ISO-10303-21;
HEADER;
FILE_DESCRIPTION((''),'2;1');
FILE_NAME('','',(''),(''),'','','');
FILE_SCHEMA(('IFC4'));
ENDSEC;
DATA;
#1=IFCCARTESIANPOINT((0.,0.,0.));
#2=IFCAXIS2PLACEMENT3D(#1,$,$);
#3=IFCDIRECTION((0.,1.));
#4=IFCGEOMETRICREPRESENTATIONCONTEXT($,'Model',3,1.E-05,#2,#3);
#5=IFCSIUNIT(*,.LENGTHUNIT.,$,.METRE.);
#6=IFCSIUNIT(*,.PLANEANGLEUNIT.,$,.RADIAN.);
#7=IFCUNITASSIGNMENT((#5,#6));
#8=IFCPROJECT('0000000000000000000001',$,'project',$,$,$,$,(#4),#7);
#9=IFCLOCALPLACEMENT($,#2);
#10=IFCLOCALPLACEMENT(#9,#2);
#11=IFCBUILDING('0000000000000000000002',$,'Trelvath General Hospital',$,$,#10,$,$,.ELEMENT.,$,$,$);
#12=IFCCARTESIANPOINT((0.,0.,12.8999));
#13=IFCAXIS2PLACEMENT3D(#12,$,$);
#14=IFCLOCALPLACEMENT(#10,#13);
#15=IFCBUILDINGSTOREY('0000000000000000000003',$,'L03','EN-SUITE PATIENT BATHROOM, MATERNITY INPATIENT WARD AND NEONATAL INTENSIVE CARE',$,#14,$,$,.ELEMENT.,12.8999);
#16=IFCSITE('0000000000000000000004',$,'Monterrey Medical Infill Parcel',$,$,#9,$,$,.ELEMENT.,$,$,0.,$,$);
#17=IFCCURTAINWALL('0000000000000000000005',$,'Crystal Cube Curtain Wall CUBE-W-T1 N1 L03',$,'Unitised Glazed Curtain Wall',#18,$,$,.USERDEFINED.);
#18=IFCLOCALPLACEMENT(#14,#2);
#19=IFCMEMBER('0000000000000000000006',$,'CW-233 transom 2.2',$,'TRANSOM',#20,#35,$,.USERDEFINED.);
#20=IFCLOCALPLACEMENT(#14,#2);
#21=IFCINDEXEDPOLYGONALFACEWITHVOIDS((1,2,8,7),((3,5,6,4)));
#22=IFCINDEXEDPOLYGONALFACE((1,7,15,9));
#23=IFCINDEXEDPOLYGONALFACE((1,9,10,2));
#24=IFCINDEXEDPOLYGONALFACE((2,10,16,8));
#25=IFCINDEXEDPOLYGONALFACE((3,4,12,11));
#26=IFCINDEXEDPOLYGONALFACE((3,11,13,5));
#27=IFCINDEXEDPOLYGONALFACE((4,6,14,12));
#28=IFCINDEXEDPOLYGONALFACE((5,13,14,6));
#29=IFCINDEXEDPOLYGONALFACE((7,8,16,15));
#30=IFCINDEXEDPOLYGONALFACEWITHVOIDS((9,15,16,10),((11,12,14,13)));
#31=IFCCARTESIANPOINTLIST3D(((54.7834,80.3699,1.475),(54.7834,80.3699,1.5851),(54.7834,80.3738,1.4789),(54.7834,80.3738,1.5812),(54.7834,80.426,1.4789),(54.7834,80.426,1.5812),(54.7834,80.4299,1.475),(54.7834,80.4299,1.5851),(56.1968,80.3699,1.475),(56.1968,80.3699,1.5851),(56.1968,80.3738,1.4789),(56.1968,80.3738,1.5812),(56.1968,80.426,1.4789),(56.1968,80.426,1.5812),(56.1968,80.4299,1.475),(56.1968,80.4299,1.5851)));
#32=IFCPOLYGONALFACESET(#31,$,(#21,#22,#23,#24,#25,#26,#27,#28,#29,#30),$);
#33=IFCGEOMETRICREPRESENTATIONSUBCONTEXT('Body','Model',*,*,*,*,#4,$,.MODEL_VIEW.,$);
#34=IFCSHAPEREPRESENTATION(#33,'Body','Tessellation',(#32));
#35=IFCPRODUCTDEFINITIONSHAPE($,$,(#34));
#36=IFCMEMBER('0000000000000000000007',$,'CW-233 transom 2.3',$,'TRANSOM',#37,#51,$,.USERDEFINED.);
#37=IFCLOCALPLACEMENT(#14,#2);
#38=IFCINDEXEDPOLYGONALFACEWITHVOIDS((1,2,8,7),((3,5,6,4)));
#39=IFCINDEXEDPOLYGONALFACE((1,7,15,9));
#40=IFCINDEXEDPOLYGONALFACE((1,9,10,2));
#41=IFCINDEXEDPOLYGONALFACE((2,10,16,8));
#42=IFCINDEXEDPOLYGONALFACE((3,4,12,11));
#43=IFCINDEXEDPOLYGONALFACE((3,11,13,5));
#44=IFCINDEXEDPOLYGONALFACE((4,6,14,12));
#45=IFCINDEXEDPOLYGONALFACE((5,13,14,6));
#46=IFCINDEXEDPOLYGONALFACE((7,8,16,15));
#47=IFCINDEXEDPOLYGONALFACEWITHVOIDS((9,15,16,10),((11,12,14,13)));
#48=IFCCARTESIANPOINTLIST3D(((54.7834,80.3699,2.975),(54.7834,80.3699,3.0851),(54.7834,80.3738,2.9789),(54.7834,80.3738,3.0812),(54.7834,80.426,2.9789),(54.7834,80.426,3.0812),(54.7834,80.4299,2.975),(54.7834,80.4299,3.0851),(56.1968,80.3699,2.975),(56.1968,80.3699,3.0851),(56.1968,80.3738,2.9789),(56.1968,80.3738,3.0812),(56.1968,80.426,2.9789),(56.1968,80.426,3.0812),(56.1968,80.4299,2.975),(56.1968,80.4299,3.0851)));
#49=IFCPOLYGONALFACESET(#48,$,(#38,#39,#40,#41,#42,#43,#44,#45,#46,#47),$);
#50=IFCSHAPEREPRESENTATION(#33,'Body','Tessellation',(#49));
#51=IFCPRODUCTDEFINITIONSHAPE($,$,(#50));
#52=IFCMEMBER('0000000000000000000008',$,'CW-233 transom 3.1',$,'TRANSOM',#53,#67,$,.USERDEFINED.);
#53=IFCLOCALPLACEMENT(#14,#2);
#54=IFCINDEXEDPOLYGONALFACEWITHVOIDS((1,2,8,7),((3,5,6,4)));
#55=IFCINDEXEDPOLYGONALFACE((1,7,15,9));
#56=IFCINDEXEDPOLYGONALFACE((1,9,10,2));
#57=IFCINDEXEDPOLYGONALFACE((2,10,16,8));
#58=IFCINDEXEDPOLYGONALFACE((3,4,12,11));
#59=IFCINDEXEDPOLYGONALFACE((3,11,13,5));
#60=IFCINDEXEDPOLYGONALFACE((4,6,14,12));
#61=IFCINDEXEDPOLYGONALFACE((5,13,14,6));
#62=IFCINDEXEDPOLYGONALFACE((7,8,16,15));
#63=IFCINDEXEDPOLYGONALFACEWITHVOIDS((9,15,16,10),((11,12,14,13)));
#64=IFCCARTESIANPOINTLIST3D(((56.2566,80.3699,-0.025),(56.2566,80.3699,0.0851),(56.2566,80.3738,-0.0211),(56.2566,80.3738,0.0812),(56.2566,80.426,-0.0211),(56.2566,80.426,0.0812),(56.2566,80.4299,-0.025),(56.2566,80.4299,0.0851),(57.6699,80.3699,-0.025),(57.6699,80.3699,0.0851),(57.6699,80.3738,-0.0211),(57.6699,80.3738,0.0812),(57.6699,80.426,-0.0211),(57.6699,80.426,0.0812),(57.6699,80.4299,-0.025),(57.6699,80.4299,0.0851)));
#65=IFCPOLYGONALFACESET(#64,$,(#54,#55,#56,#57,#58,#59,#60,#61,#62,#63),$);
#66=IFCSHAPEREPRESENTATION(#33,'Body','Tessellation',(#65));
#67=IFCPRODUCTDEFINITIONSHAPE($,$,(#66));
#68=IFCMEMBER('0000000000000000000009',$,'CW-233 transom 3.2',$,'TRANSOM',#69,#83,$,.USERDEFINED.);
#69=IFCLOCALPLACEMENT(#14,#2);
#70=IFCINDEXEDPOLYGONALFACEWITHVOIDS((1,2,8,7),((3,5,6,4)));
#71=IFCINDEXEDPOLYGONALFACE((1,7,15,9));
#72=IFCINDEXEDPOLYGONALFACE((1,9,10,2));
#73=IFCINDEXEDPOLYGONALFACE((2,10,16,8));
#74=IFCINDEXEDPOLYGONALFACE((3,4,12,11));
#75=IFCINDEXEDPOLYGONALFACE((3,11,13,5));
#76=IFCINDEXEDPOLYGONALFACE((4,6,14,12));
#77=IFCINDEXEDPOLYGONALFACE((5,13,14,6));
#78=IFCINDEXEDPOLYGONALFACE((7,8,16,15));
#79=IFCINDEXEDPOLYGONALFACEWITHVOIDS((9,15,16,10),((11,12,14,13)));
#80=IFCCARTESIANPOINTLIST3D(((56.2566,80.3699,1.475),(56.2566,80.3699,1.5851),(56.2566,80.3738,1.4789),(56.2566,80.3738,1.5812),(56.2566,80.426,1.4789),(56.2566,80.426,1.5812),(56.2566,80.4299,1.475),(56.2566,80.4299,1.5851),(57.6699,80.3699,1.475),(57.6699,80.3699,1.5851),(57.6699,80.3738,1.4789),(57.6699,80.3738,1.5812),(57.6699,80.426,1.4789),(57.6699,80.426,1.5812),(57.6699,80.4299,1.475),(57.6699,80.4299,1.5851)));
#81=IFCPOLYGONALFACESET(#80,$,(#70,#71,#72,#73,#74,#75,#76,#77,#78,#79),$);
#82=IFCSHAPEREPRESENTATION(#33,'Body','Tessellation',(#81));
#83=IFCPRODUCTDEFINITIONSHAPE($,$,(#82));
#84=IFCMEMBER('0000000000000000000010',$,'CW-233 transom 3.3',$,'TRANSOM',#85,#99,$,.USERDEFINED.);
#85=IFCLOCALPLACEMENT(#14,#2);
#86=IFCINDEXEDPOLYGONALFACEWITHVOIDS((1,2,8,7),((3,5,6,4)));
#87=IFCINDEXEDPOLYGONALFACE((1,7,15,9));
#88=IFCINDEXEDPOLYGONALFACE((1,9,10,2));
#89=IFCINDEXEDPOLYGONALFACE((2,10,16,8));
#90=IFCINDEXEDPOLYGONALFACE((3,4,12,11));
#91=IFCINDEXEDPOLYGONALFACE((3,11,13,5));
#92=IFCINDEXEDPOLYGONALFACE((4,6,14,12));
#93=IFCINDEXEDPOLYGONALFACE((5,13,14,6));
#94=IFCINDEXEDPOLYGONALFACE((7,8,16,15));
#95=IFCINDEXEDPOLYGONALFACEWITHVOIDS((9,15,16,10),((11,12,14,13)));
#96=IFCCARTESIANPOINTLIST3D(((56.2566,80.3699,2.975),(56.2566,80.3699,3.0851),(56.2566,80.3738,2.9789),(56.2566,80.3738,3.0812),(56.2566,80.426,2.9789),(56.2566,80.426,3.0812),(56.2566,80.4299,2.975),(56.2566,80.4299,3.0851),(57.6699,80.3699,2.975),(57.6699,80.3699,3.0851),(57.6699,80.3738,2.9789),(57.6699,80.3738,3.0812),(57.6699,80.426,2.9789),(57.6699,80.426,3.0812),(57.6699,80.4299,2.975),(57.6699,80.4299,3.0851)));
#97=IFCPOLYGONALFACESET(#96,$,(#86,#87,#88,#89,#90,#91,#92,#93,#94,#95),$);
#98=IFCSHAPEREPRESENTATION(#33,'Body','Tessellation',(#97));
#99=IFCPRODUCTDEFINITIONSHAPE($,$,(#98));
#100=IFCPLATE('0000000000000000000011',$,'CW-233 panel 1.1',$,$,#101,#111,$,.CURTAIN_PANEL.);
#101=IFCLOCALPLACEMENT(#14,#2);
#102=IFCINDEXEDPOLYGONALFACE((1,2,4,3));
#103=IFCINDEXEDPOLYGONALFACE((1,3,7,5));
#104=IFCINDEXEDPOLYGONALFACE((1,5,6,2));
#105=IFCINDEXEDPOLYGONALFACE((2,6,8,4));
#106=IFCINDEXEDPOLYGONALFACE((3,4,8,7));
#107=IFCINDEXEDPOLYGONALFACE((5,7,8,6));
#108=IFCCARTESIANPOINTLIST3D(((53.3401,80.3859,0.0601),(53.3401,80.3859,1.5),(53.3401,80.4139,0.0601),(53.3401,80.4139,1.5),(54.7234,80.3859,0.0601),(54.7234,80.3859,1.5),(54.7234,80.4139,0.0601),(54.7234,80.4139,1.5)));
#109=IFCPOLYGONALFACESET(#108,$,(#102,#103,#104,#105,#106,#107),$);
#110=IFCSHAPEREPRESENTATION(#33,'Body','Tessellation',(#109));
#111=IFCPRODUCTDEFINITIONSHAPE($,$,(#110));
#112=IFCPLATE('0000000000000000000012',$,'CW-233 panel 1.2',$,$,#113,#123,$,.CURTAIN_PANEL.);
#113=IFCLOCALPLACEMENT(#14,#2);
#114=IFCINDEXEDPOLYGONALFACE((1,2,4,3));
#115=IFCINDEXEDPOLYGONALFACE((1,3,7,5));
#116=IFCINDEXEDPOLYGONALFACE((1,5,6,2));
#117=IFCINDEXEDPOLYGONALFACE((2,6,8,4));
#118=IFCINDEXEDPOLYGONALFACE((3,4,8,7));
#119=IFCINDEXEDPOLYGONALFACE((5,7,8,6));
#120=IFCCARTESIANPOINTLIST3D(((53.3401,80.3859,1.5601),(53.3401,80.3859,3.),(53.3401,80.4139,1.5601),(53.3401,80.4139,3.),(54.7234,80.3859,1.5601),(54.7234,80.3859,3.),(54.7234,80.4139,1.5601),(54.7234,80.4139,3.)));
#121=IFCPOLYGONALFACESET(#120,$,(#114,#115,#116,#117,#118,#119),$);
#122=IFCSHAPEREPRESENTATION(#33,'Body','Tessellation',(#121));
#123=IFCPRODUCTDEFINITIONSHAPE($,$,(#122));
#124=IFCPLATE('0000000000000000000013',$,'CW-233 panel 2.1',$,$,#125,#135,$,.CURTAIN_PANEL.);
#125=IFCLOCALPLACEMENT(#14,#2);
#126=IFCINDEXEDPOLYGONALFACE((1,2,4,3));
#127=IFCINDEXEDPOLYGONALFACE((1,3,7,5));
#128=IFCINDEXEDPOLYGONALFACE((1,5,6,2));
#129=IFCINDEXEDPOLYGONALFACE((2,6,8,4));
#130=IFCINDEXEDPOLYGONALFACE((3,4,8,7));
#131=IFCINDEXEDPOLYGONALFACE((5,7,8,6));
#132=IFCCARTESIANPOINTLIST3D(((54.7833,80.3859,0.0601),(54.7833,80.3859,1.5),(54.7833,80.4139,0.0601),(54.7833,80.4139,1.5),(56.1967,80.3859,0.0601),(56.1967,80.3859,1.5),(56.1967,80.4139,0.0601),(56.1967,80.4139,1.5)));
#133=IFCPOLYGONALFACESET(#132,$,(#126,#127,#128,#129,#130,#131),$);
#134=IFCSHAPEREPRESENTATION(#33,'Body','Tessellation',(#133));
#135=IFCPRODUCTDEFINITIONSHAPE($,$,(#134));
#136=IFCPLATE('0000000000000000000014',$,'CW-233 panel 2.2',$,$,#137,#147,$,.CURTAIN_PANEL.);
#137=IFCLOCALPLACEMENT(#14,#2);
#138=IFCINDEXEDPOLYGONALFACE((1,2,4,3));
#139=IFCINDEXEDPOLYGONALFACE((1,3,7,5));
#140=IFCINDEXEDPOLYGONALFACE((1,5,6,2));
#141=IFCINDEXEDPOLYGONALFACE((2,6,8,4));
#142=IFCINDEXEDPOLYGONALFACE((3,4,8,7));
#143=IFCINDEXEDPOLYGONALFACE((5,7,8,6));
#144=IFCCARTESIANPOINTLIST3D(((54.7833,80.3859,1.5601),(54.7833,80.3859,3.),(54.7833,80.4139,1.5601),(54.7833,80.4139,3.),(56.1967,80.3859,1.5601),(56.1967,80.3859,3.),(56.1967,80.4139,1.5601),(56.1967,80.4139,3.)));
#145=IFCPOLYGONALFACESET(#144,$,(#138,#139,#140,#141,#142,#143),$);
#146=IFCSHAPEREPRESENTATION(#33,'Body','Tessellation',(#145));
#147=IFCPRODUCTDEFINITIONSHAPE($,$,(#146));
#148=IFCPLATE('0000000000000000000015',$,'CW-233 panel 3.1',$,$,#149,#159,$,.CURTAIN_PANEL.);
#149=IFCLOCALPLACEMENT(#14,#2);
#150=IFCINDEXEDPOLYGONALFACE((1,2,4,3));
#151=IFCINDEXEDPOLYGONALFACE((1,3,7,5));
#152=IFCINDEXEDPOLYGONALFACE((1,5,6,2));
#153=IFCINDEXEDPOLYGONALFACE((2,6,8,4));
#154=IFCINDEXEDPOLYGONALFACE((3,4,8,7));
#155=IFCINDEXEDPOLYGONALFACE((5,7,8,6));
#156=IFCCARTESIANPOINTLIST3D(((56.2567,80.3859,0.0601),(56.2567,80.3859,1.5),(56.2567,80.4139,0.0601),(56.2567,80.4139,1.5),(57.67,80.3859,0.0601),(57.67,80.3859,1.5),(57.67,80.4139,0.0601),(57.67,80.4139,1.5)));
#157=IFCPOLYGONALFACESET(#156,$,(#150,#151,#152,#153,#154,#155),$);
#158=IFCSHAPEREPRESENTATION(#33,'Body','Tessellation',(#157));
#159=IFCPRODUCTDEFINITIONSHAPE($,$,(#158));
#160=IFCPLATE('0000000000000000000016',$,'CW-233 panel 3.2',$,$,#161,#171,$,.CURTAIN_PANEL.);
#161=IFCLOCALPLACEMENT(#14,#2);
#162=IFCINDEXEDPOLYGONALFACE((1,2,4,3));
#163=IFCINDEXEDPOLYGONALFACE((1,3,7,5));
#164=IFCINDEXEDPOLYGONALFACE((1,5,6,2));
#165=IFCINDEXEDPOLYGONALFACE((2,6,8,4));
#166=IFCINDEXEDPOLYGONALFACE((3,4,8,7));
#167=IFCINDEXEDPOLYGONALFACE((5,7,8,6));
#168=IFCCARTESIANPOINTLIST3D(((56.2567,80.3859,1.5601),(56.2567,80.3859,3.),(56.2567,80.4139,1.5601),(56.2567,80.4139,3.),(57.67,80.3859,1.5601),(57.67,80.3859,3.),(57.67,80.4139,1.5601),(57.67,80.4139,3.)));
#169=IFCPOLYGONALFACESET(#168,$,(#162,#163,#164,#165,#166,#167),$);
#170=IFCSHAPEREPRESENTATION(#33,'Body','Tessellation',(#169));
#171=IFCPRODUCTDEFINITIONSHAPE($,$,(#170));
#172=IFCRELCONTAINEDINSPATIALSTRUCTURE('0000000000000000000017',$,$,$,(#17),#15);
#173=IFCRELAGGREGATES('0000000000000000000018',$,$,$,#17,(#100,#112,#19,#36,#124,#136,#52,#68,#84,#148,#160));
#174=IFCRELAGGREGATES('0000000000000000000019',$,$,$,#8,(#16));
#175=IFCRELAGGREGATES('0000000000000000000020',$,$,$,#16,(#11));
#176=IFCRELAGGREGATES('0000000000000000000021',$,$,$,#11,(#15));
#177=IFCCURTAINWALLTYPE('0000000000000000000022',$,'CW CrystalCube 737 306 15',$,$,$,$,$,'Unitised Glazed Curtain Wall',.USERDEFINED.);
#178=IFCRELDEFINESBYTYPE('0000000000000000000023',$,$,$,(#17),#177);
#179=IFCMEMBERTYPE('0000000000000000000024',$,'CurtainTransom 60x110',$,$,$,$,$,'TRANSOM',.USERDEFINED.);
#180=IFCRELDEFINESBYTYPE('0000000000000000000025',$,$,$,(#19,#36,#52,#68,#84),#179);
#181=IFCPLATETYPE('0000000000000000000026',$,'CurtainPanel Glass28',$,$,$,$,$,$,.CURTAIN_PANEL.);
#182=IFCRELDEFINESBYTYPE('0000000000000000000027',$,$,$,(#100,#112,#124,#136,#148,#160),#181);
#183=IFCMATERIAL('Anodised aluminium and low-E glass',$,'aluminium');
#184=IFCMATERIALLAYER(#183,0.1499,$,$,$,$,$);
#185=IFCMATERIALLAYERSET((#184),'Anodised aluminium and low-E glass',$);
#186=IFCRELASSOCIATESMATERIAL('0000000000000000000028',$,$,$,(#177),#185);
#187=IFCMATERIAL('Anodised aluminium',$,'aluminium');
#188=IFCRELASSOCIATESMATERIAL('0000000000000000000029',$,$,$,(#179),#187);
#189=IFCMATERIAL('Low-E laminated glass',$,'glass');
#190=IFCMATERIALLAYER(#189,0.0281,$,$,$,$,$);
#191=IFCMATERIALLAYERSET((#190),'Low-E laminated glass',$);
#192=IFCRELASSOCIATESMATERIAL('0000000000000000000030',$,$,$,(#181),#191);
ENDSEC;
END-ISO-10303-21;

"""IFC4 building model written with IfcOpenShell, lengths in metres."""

from ifc_helpers import new_model, si_unit, direction, frame, origin, origin_2d, place, context, subcontext, project, spatial, rectangle, hollow_rectangle, extrude, material, layer, layer_set, material_profile, profile_set, type_object, element, aggregate, save


model = new_model("IFC4")

# Units and contexts
model_context = context("Model", 3, precision=1e-05, world=origin(), true_north=direction((0.0, 1.0)))
body_context = subcontext(model_context, "Body", "Model", "MODEL_VIEW")
ifc_project = project(units=[si_unit("LENGTHUNIT", "METRE"), si_unit("PLANEANGLEUNIT", "RADIAN")], contexts=[model_context])

# Site, building, storey
site_placement = place(None, origin())
site = spatial("IfcSite", under=ifc_project, at=site_placement, Name="Monterrey Medical Infill Parcel", CompositionType="ELEMENT", RefElevation=0.0)
building_placement = place(site_placement, origin())
building = spatial("IfcBuilding", under=site, at=building_placement, Name="Trelvath General Hospital", CompositionType="ELEMENT")
storey_placement = place(building_placement, frame((0.0, 0.0, 12.8999)))
storey = spatial("IfcBuildingStorey", under=building, at=storey_placement, Name="L03", Description="EN-SUITE PATIENT BATHROOM, MATERNITY INPATIENT WARD AND NEONATAL INTENSIVE CARE", CompositionType="ELEMENT", Elevation=12.8999)

# Curtain wall, members, plates
ifc_material_1 = material(Name="Anodised aluminium and low-E glass", Category="aluminium")
ifc_layer_1 = layer(ifc_material_1, 0.1499)
ifc_layer_set_1 = layer_set([ifc_layer_1], Name="Anodised aluminium and low-E glass")
curtain_wall_type = type_object("IfcCurtainWallType", Name="CW CrystalCube 737 306 15", ElementType="Unitised Glazed Curtain Wall", PredefinedType="USERDEFINED", material=ifc_layer_set_1)
curtain_wall_placement = place(storey_placement, origin())
curtain_wall = element("IfcCurtainWall", 1, at=curtain_wall_placement, inside=storey, type_object=curtain_wall_type, Name="Crystal Cube Curtain Wall CUBE-W-T1 N1 L03", ObjectType="Unitised Glazed Curtain Wall", PredefinedType="USERDEFINED")
ifc_material_2 = material(Name="Anodised aluminium", Category="aluminium")
ifc_material_profile_1 = material_profile(ifc_material_2, hollow_rectangle(XDim=0.0601, YDim=0.1101, WallThickness=0.0039, at=origin_2d()), Name="RHS60x110x4")
ifc_profile_set_1 = profile_set([ifc_material_profile_1], Name="Anodised aluminium")
member_type_1 = type_object("IfcMemberType", Name="CurtainTransom 60x110", ElementType="TRANSOM", PredefinedType="USERDEFINED", material=ifc_profile_set_1)
member_1_placement = place(storey_placement, frame((54.7834, 80.3999, 1.53), z_axis=(1.0, 0.0, 0.0), x_axis=(0.0, 1.0, 0.0)))
member_1 = element("IfcMember", 2, at=member_1_placement, type_object=member_type_1, Name="CW-233 transom 2.2", ObjectType="TRANSOM", PredefinedType="USERDEFINED", context=body_context, shape_type="SweptSolid", body=[
    extrude(hollow_rectangle(XDim=0.0601, YDim=0.1101, WallThickness=0.0039, at=origin_2d()), origin(), (0.0, 0.0, 1.0), 1.4133),
])
member_2_placement = place(storey_placement, frame((54.7834, 80.3999, 3.03), z_axis=(1.0, 0.0, 0.0), x_axis=(0.0, 1.0, 0.0)))
member_2 = element("IfcMember", 3, at=member_2_placement, type_object=member_type_1, Name="CW-233 transom 2.3", ObjectType="TRANSOM", PredefinedType="USERDEFINED", context=body_context, shape_type="SweptSolid", body=[
    extrude(hollow_rectangle(XDim=0.0601, YDim=0.1101, WallThickness=0.0039, at=origin_2d()), origin(), (0.0, 0.0, 1.0), 1.4133),
])
member_3_placement = place(storey_placement, frame((56.2566, 80.3999, 0.03), z_axis=(1.0, 0.0, 0.0), x_axis=(0.0, 1.0, 0.0)))
member_3 = element("IfcMember", 4, at=member_3_placement, type_object=member_type_1, Name="CW-233 transom 3.1", ObjectType="TRANSOM", PredefinedType="USERDEFINED", context=body_context, shape_type="SweptSolid", body=[
    extrude(hollow_rectangle(XDim=0.0601, YDim=0.1101, WallThickness=0.0039, at=origin_2d()), origin(), (0.0, 0.0, 1.0), 1.4133),
])
member_4_placement = place(storey_placement, frame((56.2566, 80.3999, 1.53), z_axis=(1.0, 0.0, 0.0), x_axis=(0.0, 1.0, 0.0)))
member_4 = element("IfcMember", 5, at=member_4_placement, type_object=member_type_1, Name="CW-233 transom 3.2", ObjectType="TRANSOM", PredefinedType="USERDEFINED", context=body_context, shape_type="SweptSolid", body=[
    extrude(hollow_rectangle(XDim=0.0601, YDim=0.1101, WallThickness=0.0039, at=origin_2d()), origin(), (0.0, 0.0, 1.0), 1.4133),
])
member_5_placement = place(storey_placement, frame((56.2566, 80.3999, 3.03), z_axis=(1.0, 0.0, 0.0), x_axis=(0.0, 1.0, 0.0)))
member_5 = element("IfcMember", 6, at=member_5_placement, type_object=member_type_1, Name="CW-233 transom 3.3", ObjectType="TRANSOM", PredefinedType="USERDEFINED", context=body_context, shape_type="SweptSolid", body=[
    extrude(hollow_rectangle(XDim=0.0601, YDim=0.1101, WallThickness=0.0039, at=origin_2d()), origin(), (0.0, 0.0, 1.0), 1.4133),
])
ifc_material_3 = material(Name="Low-E laminated glass", Category="glass")
ifc_layer_2 = layer(ifc_material_3, 0.0281)
ifc_layer_set_2 = layer_set([ifc_layer_2], Name="Low-E laminated glass")
plate_type = type_object("IfcPlateType", Name="CurtainPanel Glass28", PredefinedType="CURTAIN_PANEL", material=ifc_layer_set_2)
plate_1_placement = place(storey_placement, frame((54.0317, 80.3999, 0.0601), z_axis=(0.0, 0.0, 1.0), x_axis=(1.0, 0.0, 0.0)))
plate_1 = element("IfcPlate", 7, at=plate_1_placement, type_object=plate_type, Name="CW-233 panel 1.1", PredefinedType="CURTAIN_PANEL", context=body_context, shape_type="SweptSolid", body=[
    extrude(rectangle(XDim=1.3833, YDim=0.0281, at=origin_2d()), origin(), (0.0, 0.0, 1.0), 1.4399),
])
plate_2_placement = place(storey_placement, frame((54.0317, 80.3999, 1.5601), z_axis=(0.0, 0.0, 1.0), x_axis=(1.0, 0.0, 0.0)))
plate_2 = element("IfcPlate", 8, at=plate_2_placement, type_object=plate_type, Name="CW-233 panel 1.2", PredefinedType="CURTAIN_PANEL", context=body_context, shape_type="SweptSolid", body=[
    extrude(rectangle(XDim=1.3833, YDim=0.0281, at=origin_2d()), origin(), (0.0, 0.0, 1.0), 1.4399),
])
plate_3_placement = place(storey_placement, frame((55.49, 80.3999, 0.0601), z_axis=(0.0, 0.0, 1.0), x_axis=(1.0, 0.0, 0.0)))
plate_3 = element("IfcPlate", 9, at=plate_3_placement, type_object=plate_type, Name="CW-233 panel 2.1", PredefinedType="CURTAIN_PANEL", context=body_context, shape_type="SweptSolid", body=[
    extrude(rectangle(XDim=1.4133, YDim=0.0281, at=origin_2d()), origin(), (0.0, 0.0, 1.0), 1.4399),
])
plate_4_placement = place(storey_placement, frame((55.49, 80.3999, 1.5601), z_axis=(0.0, 0.0, 1.0), x_axis=(1.0, 0.0, 0.0)))
plate_4 = element("IfcPlate", 10, at=plate_4_placement, type_object=plate_type, Name="CW-233 panel 2.2", PredefinedType="CURTAIN_PANEL", context=body_context, shape_type="SweptSolid", body=[
    extrude(rectangle(XDim=1.4133, YDim=0.0281, at=origin_2d()), origin(), (0.0, 0.0, 1.0), 1.4399),
])
plate_5_placement = place(storey_placement, frame((56.9634, 80.3999, 0.0601), z_axis=(0.0, 0.0, 1.0), x_axis=(1.0, 0.0, 0.0)))
plate_5 = element("IfcPlate", 11, at=plate_5_placement, type_object=plate_type, Name="CW-233 panel 3.1", PredefinedType="CURTAIN_PANEL", context=body_context, shape_type="SweptSolid", body=[
    extrude(rectangle(XDim=1.4133, YDim=0.0281, at=origin_2d()), origin(), (0.0, 0.0, 1.0), 1.4399),
])
plate_6_placement = place(storey_placement, frame((56.9634, 80.3999, 1.5601), z_axis=(0.0, 0.0, 1.0), x_axis=(1.0, 0.0, 0.0)))
plate_6 = element("IfcPlate", 12, at=plate_6_placement, type_object=plate_type, Name="CW-233 panel 3.2", PredefinedType="CURTAIN_PANEL", context=body_context, shape_type="SweptSolid", body=[
    extrude(rectangle(XDim=1.4133, YDim=0.0281, at=origin_2d()), origin(), (0.0, 0.0, 1.0), 1.4399),
])
aggregate(curtain_wall, [plate_1, plate_2, member_1, member_2, plate_3, plate_4, member_3, member_4, member_5, plate_5, plate_6])

save(model, "model.ifc")
